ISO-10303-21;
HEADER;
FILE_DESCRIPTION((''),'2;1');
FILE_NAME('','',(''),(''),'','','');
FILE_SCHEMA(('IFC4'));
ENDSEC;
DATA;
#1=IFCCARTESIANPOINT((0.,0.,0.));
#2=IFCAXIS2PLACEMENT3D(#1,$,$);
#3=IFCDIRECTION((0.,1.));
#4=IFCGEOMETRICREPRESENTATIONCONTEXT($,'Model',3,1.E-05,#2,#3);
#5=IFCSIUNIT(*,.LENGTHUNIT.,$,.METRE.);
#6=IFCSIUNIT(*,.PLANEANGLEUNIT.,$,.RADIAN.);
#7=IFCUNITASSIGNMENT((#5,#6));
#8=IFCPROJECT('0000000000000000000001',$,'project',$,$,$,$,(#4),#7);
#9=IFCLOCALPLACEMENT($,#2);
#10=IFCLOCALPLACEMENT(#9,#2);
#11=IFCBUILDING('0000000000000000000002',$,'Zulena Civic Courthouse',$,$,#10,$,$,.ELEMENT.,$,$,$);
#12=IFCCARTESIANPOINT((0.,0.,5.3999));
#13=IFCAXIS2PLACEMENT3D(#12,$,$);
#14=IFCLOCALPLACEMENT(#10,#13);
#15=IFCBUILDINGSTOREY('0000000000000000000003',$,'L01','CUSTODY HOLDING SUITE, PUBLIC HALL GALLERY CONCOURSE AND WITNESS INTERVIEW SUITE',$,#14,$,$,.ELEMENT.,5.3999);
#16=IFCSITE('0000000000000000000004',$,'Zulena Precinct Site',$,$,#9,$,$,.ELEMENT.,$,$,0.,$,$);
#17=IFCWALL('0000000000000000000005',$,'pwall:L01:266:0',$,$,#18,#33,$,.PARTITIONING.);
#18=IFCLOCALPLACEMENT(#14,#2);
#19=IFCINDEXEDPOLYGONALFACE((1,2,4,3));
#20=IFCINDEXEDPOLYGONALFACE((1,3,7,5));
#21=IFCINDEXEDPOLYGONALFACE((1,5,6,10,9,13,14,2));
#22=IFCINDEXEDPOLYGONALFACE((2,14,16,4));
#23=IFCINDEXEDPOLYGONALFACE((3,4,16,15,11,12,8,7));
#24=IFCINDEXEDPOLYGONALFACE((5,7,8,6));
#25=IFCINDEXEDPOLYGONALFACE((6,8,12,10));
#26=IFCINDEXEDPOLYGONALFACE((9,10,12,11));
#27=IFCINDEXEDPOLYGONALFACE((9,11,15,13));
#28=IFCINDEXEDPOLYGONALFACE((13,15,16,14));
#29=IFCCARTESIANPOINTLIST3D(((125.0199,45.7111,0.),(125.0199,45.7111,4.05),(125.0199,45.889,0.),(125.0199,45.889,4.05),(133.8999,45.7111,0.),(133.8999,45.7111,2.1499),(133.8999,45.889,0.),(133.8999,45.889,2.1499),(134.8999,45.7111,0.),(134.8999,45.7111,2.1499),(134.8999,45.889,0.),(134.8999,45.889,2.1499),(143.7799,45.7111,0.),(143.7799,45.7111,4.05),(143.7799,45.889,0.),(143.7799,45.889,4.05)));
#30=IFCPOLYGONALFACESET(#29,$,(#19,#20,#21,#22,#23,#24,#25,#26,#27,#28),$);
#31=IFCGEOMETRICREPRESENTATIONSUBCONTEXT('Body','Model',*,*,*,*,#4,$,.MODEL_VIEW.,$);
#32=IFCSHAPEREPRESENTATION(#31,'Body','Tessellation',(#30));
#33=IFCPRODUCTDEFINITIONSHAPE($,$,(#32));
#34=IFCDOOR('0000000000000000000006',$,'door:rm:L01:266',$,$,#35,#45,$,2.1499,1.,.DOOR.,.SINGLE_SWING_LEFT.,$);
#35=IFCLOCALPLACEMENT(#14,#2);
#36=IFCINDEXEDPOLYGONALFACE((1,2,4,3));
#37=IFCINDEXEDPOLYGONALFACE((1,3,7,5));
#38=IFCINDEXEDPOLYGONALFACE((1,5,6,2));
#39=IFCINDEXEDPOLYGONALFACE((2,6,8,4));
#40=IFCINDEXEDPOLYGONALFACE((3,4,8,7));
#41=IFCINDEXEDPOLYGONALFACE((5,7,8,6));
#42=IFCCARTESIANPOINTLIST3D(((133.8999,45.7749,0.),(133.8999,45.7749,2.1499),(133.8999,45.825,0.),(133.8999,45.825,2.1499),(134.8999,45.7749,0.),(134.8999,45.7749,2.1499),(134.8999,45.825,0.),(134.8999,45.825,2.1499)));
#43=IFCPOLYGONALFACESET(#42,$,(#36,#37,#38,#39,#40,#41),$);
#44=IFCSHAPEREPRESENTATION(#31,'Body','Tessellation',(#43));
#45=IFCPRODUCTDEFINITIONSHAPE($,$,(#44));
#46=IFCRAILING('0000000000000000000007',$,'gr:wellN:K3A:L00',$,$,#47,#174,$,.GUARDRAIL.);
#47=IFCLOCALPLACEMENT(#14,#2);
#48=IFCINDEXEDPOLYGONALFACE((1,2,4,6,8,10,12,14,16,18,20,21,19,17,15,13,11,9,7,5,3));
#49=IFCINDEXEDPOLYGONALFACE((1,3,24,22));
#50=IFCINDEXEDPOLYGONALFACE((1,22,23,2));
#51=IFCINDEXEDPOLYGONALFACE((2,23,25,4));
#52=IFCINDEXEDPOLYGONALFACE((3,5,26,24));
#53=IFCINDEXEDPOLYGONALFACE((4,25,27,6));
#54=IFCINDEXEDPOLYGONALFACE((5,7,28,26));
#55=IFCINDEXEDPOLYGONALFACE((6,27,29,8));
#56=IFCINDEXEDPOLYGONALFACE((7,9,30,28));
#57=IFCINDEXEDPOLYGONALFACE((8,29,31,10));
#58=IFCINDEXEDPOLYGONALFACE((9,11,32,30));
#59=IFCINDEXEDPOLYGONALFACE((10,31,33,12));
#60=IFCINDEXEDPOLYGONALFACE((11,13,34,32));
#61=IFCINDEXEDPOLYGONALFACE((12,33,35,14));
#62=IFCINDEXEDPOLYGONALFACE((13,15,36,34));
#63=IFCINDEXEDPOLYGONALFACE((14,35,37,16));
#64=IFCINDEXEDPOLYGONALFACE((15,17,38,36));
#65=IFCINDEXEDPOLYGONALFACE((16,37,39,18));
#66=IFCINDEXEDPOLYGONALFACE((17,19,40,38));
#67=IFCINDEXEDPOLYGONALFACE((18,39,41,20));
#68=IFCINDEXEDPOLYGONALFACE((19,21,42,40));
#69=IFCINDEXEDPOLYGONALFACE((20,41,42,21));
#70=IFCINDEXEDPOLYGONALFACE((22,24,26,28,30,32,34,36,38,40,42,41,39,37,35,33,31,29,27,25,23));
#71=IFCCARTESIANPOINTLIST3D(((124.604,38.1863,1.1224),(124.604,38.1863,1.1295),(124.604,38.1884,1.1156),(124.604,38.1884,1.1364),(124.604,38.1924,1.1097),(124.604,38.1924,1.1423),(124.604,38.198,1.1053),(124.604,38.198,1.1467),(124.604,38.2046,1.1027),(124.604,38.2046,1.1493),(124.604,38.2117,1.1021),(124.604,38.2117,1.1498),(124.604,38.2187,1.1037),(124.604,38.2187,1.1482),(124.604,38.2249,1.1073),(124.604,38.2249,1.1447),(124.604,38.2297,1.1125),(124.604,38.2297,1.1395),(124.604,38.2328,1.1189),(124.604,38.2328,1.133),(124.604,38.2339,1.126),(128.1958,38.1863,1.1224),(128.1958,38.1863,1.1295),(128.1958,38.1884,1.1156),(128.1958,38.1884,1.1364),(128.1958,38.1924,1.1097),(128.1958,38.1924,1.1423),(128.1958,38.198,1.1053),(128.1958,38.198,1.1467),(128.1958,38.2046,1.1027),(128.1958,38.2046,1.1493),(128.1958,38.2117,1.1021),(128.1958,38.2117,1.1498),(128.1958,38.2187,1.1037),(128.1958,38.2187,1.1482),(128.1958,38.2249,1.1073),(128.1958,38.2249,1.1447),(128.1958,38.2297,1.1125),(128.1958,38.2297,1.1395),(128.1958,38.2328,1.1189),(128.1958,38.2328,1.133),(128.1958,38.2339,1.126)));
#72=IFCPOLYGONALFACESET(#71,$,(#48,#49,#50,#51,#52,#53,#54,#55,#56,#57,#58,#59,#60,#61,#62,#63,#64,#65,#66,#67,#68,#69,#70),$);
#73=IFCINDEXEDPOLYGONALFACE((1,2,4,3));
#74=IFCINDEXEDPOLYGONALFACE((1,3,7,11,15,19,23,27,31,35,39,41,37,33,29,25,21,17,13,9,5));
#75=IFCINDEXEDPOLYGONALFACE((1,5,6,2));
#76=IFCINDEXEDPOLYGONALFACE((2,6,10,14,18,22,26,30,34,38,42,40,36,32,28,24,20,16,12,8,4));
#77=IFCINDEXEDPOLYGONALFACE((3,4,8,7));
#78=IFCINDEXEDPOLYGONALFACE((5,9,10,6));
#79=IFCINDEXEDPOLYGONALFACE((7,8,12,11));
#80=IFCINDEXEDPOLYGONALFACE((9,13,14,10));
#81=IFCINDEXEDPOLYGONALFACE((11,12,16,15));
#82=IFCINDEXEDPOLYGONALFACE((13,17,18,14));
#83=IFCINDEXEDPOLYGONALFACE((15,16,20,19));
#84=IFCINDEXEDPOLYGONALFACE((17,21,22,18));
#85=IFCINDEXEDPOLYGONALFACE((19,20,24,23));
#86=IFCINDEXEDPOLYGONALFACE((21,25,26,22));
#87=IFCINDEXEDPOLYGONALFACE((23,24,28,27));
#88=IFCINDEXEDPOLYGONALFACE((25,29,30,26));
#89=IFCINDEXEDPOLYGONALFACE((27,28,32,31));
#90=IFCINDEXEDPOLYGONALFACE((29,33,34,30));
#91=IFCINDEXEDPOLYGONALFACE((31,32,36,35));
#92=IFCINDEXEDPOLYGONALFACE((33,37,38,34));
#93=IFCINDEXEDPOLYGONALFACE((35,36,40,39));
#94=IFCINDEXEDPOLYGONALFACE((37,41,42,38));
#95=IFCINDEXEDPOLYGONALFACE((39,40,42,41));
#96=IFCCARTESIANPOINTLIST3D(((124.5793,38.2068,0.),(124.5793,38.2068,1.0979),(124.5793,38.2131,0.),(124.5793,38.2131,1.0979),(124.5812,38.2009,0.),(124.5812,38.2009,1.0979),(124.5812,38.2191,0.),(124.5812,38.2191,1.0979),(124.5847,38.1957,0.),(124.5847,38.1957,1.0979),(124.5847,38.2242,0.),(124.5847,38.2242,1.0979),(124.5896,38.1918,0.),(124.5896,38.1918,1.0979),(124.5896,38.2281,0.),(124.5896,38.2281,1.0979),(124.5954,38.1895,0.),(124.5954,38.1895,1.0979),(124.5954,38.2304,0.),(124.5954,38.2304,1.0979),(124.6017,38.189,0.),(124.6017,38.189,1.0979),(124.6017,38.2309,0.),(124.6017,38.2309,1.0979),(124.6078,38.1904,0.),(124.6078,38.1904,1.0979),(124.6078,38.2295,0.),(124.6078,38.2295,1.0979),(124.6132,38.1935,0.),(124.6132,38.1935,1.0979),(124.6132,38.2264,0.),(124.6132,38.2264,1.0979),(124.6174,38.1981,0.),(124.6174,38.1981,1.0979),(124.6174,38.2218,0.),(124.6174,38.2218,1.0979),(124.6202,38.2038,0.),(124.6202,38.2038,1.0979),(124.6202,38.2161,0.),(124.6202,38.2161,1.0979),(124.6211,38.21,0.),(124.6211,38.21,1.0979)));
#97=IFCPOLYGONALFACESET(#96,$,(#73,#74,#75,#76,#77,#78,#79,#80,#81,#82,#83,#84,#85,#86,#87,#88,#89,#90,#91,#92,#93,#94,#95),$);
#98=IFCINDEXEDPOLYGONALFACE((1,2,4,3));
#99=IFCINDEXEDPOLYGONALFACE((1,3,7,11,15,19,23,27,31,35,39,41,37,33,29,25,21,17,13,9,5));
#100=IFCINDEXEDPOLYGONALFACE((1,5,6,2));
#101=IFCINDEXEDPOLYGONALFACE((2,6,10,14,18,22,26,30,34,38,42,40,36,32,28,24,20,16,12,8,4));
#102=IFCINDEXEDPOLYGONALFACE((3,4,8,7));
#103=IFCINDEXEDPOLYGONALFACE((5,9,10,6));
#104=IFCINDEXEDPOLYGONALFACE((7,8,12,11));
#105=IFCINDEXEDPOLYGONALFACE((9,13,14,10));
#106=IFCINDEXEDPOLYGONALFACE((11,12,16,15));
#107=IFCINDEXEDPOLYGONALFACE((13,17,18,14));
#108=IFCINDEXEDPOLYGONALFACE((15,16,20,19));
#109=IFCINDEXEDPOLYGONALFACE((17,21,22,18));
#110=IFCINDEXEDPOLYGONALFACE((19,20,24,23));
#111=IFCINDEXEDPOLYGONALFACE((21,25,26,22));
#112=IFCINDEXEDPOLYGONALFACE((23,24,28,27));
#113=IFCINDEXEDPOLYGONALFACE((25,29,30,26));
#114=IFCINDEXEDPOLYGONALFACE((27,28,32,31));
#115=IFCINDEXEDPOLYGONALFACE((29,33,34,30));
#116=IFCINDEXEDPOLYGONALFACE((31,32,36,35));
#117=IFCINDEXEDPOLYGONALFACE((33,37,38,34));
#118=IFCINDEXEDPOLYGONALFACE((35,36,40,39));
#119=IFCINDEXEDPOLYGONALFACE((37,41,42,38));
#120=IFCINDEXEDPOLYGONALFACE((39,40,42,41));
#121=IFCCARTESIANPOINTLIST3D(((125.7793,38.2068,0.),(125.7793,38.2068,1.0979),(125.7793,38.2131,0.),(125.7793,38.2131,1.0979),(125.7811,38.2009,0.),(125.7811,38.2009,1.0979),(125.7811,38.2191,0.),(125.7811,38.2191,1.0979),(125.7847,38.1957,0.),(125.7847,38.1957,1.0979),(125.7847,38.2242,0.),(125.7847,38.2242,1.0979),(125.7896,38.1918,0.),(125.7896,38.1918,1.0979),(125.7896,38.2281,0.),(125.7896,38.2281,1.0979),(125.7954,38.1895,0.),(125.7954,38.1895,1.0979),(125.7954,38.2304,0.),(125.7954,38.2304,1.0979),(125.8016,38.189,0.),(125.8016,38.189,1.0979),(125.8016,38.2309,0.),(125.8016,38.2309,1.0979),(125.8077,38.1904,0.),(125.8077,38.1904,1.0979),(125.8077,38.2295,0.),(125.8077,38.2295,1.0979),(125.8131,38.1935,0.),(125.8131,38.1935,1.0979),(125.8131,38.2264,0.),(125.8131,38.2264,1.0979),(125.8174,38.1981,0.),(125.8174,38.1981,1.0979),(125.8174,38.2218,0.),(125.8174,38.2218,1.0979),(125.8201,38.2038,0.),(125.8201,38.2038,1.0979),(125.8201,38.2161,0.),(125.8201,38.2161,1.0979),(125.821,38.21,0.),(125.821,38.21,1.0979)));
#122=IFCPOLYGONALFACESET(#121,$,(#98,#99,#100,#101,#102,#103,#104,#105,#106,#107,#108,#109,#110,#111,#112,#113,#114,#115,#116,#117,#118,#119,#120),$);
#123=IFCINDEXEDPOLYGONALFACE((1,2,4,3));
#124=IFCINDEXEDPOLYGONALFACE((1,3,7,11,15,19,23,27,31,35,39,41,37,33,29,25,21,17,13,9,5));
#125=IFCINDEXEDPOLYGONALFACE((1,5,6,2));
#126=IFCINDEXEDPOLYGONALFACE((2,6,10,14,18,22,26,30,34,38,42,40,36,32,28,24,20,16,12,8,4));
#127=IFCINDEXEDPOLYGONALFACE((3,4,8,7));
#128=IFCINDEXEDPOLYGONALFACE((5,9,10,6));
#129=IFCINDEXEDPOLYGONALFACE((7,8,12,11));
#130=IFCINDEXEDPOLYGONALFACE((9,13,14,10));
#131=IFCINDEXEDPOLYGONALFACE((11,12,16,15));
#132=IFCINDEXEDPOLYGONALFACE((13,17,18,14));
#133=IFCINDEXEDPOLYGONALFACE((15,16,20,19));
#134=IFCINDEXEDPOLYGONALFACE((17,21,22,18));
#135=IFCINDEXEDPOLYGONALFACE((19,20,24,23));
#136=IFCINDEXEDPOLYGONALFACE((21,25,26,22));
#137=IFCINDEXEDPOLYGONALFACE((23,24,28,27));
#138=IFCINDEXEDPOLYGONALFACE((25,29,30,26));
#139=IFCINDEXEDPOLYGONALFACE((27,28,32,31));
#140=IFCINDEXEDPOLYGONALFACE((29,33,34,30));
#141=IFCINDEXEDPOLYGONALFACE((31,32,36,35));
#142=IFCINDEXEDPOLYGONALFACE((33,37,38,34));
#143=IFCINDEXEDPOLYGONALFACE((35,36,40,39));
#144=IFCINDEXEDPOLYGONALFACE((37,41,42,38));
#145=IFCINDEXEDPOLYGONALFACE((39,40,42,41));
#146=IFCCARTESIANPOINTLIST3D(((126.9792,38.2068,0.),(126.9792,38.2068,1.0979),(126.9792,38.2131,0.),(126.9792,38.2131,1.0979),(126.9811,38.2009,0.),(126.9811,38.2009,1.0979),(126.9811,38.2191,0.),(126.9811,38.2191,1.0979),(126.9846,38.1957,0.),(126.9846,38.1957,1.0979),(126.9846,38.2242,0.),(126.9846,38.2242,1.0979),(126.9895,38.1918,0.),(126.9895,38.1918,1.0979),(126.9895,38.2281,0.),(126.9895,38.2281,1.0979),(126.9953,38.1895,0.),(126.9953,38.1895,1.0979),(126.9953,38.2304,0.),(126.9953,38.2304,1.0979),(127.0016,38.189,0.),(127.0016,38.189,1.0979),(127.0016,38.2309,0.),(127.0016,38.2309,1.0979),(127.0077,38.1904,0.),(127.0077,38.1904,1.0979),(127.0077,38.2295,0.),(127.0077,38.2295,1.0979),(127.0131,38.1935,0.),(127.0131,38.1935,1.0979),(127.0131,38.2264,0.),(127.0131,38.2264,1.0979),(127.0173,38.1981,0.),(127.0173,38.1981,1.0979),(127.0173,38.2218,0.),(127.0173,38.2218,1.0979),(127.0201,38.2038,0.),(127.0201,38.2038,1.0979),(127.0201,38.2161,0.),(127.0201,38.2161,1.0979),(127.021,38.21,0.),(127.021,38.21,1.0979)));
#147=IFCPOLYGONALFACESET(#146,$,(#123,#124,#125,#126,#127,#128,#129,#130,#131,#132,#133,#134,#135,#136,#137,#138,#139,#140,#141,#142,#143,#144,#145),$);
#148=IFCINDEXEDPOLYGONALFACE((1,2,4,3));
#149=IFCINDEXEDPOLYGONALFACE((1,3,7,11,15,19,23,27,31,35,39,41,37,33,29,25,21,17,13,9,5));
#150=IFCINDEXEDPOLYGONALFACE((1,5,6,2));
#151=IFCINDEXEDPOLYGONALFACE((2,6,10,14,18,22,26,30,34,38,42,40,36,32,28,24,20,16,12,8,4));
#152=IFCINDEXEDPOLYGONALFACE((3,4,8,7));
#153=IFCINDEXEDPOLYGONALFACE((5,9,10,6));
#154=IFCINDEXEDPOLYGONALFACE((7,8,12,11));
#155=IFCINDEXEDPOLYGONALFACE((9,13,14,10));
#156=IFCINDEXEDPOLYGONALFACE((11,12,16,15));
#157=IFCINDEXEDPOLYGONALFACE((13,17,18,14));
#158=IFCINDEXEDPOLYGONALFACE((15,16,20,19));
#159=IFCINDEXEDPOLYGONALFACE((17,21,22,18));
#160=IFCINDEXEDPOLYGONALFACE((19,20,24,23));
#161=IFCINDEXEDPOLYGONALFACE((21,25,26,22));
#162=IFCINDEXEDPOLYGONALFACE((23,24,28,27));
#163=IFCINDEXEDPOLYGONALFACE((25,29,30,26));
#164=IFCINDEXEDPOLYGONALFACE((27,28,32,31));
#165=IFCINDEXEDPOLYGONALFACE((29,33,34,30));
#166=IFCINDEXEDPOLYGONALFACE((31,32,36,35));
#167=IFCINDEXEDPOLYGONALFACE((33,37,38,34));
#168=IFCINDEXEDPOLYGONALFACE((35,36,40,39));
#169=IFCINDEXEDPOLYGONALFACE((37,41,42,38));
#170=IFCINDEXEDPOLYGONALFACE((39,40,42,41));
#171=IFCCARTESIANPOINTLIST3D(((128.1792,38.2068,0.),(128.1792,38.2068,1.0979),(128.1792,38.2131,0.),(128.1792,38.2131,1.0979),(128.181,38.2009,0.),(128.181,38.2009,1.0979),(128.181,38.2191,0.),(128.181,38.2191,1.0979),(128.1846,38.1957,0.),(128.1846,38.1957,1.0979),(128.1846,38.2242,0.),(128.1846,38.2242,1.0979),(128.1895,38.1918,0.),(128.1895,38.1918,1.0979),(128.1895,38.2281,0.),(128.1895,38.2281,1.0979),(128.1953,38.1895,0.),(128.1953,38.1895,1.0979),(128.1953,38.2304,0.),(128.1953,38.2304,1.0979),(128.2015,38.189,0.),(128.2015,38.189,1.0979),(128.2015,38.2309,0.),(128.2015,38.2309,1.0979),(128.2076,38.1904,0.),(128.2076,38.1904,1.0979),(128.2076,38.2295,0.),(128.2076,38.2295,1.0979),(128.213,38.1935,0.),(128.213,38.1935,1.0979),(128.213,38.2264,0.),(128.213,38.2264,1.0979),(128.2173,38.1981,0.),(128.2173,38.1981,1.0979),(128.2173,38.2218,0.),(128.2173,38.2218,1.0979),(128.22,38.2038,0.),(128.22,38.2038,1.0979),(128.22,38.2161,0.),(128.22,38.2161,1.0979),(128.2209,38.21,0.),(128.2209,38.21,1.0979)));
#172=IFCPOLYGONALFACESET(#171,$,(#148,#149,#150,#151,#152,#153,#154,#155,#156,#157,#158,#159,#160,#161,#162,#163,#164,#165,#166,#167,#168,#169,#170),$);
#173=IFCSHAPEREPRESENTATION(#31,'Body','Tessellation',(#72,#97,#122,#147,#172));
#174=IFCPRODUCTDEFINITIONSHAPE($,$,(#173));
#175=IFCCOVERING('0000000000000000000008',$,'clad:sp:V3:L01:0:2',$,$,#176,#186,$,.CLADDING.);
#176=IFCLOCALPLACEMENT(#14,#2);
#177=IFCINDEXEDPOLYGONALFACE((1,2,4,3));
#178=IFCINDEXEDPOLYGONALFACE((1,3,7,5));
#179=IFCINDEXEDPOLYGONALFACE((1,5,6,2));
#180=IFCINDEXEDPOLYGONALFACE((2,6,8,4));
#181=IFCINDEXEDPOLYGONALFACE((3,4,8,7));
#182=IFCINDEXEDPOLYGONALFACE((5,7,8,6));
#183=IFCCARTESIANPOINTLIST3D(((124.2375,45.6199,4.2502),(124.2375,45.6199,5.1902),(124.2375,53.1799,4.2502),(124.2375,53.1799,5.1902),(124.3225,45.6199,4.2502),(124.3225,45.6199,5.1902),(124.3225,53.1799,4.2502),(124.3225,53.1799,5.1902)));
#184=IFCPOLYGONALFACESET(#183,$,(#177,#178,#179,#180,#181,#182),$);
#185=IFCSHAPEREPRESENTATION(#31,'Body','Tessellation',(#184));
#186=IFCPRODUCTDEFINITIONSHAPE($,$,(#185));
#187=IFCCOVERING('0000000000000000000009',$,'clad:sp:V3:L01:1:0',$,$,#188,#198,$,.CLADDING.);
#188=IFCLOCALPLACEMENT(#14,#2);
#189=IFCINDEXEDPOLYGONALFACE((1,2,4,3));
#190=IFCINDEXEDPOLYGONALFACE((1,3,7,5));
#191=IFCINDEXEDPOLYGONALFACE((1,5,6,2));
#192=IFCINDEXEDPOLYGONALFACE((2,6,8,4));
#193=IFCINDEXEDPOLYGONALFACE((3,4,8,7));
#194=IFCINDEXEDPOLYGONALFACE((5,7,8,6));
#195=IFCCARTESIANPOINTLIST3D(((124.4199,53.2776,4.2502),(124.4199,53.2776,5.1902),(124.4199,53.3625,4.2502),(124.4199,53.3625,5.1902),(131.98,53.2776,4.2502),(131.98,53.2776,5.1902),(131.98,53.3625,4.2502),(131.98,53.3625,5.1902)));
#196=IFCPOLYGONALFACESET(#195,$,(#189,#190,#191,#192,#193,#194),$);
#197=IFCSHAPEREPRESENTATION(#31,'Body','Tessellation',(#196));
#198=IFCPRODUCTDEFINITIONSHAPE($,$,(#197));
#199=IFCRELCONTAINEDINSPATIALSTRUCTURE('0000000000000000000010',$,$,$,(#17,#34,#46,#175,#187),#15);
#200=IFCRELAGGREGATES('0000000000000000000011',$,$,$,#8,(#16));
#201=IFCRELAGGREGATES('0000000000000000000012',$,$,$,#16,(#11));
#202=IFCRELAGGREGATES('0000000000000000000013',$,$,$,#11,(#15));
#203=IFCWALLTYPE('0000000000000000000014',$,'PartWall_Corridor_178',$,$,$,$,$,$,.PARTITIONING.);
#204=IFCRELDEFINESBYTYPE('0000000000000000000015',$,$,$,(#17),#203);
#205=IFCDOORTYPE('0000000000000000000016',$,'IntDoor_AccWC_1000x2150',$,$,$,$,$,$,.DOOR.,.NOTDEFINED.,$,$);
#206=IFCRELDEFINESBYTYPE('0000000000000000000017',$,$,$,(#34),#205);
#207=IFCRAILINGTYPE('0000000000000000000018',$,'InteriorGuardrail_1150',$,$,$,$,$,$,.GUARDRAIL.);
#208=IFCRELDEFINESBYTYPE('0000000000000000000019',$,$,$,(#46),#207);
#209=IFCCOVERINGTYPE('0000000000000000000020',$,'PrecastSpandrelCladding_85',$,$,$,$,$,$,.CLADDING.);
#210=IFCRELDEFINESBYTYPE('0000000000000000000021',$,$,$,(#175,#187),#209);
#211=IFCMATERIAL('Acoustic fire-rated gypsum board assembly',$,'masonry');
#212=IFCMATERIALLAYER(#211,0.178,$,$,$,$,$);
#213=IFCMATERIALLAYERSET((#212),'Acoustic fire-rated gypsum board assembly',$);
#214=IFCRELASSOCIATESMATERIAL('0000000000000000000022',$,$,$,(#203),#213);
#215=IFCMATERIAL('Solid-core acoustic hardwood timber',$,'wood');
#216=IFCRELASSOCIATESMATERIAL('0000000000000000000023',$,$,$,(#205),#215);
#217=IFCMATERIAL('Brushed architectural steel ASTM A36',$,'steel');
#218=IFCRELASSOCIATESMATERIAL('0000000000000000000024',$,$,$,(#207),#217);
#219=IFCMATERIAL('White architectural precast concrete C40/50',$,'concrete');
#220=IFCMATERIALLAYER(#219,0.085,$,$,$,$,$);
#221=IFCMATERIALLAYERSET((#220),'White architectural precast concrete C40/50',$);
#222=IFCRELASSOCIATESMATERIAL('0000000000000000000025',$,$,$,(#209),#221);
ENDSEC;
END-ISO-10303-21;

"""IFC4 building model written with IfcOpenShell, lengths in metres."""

from ifc_helpers import new_model, si_unit, direction, frame, frame_2d, origin, origin_2d, place, context, subcontext, project, spatial, rectangle, circle, extrude, material, layer, layer_set, type_object, element, fill, save


model = new_model("IFC4")

# Units and contexts
model_context = context("Model", 3, precision=1e-05, world=origin(), true_north=direction((0.0, 1.0)))
body_context = subcontext(model_context, "Body", "Model", "MODEL_VIEW")
ifc_project = project(units=[si_unit("LENGTHUNIT", "METRE"), si_unit("PLANEANGLEUNIT", "RADIAN")], contexts=[model_context])

# Site, building, storey
site_placement = place(None, origin())
site = spatial("IfcSite", under=ifc_project, at=site_placement, Name="Zulena Precinct Site", CompositionType="ELEMENT", RefElevation=0.0)
building_placement = place(site_placement, origin())
building = spatial("IfcBuilding", under=site, at=building_placement, Name="Zulena Civic Courthouse", CompositionType="ELEMENT")
storey_placement = place(building_placement, frame((0.0, 0.0, 5.3999)))
storey = spatial("IfcBuildingStorey", under=building, at=storey_placement, Name="L01", Description="CUSTODY HOLDING SUITE, PUBLIC HALL GALLERY CONCOURSE AND WITNESS INTERVIEW SUITE", CompositionType="ELEMENT", Elevation=5.3999)

# Wall, opening, door
ifc_material_1 = material(Name="Acoustic fire-rated gypsum board assembly", Category="masonry")
ifc_layer_1 = layer(ifc_material_1, 0.178)
ifc_layer_set_1 = layer_set([ifc_layer_1], Name="Acoustic fire-rated gypsum board assembly")
wall_type_1 = type_object("IfcWallType", Name="PartWall_Corridor_178", PredefinedType="PARTITIONING", material=ifc_layer_set_1)
wall_1_placement = place(storey_placement, frame((125.02, 45.8, 0.0), z_axis=(0.0, 0.0, 1.0), x_axis=(1.0, 0.0, 0.0)))
wall_1 = element("IfcWall", 1, at=wall_1_placement, inside=storey, type_object=wall_type_1, Name="pwall:L01:266:0", PredefinedType="PARTITIONING", context=body_context, shape_type="SweptSolid", body=[
    extrude(rectangle(XDim=18.76, YDim=0.178, at=frame_2d((9.3799, 0.0))), origin(), (0.0, 0.0, 1.0), 4.05),
])
opening_1_placement = place(wall_1_placement, frame((8.8799, 0.0, 0.0)))
opening_1 = element("IfcOpeningElement", 2, at=opening_1_placement, cuts=wall_1, PredefinedType="OPENING", context=body_context, shape_type="SweptSolid", body=[
    extrude(rectangle(XDim=1.0, YDim=2.1499, at=frame_2d((0.5, 1.075))), frame((0.0, 0.0989, 0.0), z_axis=(0.0, -1.0, 0.0), x_axis=(1.0, 0.0, 0.0)), (0.0, 0.0, 1.0), 0.198),
])
ifc_material_2 = material(Name="Solid-core acoustic hardwood timber", Category="wood")
door_type = type_object("IfcDoorType", Name="IntDoor_AccWC_1000x2150", OperationType="NOTDEFINED", PredefinedType="DOOR", material=ifc_material_2)
door_placement = place(opening_1_placement, origin())
door = element("IfcDoor", 3, at=door_placement, inside=storey, type_object=door_type, Name="door:rm:L01:266", OperationType="SINGLE_SWING_LEFT", OverallHeight=2.1499, OverallWidth=1.0, PredefinedType="DOOR", context=body_context, shape_type="SweptSolid", body=[
    extrude(rectangle(XDim=1.0, YDim=2.1499, at=frame_2d((0.5, 1.075))), frame((0.0, 0.0249, 0.0), z_axis=(0.0, -1.0, 0.0), x_axis=(1.0, 0.0, 0.0)), (0.0, 0.0, 1.0), 0.05),
])
fill(opening_1, door)

# Railing
ifc_material_3 = material(Name="Brushed architectural steel ASTM A36", Category="steel")
railing_type = type_object("IfcRailingType", Name="InteriorGuardrail_1150", PredefinedType="GUARDRAIL", material=ifc_material_3)
railing_placement = place(storey_placement, frame((124.6001, 38.21, 0.0)))
element("IfcRailing", 4, at=railing_placement, inside=storey, type_object=railing_type, Name="gr:wellN:K3A:L00", PredefinedType="GUARDRAIL", context=body_context, shape_type="SweptSolid", body=[
    extrude(circle(Radius=0.0239, at=origin_2d()), frame((0.0039, 0.0, 1.126), z_axis=(1.0, 0.0, 0.0), x_axis=(0.0, 1.0, 0.0)), (0.0, 0.0, 1.0), 3.5918),
    extrude(circle(Radius=0.021, at=origin_2d()), origin(), (0.0, 0.0, 1.0), 1.0979),
    extrude(circle(Radius=0.021, at=origin_2d()), frame((1.2, 0.0, 0.0)), (0.0, 0.0, 1.0), 1.0979),
    extrude(circle(Radius=0.021, at=origin_2d()), frame((2.3999, 0.0, 0.0)), (0.0, 0.0, 1.0), 1.0979),
    extrude(circle(Radius=0.021, at=origin_2d()), frame((3.5999, 0.0, 0.0)), (0.0, 0.0, 1.0), 1.0979),
])

# Coverings
ifc_material_4 = material(Name="White architectural precast concrete C40/50", Category="concrete")
ifc_layer_2 = layer(ifc_material_4, 0.085)
ifc_layer_set_2 = layer_set([ifc_layer_2], Name="White architectural precast concrete C40/50")
covering_type = type_object("IfcCoveringType", Name="PrecastSpandrelCladding_85", PredefinedType="CLADDING", material=ifc_layer_set_2)
for number, where, z_axis, x_axis, name in (
    (5, (124.28, 49.3999, 4.2502), (0.0, 0.0, 1.0), (0.0, 1.0, 0.0), "clad:sp:V3:L01:0:2"),
    (6, (128.2, 53.3201, 4.2502), (0.0, 0.0, 1.0), (1.0, 0.0, 0.0), "clad:sp:V3:L01:1:0"),
):
    element("IfcCovering", number, at=place(storey_placement, frame(where, z_axis=z_axis, x_axis=x_axis)), inside=storey, type_object=covering_type, Name=name, PredefinedType="CLADDING", context=body_context, shape_type="SweptSolid", body=[
        extrude(rectangle(XDim=7.5601, YDim=0.085, at=origin_2d()), origin(), (0.0, 0.0, 1.0), 0.9399),
    ])

save(model, "model.ifc")
